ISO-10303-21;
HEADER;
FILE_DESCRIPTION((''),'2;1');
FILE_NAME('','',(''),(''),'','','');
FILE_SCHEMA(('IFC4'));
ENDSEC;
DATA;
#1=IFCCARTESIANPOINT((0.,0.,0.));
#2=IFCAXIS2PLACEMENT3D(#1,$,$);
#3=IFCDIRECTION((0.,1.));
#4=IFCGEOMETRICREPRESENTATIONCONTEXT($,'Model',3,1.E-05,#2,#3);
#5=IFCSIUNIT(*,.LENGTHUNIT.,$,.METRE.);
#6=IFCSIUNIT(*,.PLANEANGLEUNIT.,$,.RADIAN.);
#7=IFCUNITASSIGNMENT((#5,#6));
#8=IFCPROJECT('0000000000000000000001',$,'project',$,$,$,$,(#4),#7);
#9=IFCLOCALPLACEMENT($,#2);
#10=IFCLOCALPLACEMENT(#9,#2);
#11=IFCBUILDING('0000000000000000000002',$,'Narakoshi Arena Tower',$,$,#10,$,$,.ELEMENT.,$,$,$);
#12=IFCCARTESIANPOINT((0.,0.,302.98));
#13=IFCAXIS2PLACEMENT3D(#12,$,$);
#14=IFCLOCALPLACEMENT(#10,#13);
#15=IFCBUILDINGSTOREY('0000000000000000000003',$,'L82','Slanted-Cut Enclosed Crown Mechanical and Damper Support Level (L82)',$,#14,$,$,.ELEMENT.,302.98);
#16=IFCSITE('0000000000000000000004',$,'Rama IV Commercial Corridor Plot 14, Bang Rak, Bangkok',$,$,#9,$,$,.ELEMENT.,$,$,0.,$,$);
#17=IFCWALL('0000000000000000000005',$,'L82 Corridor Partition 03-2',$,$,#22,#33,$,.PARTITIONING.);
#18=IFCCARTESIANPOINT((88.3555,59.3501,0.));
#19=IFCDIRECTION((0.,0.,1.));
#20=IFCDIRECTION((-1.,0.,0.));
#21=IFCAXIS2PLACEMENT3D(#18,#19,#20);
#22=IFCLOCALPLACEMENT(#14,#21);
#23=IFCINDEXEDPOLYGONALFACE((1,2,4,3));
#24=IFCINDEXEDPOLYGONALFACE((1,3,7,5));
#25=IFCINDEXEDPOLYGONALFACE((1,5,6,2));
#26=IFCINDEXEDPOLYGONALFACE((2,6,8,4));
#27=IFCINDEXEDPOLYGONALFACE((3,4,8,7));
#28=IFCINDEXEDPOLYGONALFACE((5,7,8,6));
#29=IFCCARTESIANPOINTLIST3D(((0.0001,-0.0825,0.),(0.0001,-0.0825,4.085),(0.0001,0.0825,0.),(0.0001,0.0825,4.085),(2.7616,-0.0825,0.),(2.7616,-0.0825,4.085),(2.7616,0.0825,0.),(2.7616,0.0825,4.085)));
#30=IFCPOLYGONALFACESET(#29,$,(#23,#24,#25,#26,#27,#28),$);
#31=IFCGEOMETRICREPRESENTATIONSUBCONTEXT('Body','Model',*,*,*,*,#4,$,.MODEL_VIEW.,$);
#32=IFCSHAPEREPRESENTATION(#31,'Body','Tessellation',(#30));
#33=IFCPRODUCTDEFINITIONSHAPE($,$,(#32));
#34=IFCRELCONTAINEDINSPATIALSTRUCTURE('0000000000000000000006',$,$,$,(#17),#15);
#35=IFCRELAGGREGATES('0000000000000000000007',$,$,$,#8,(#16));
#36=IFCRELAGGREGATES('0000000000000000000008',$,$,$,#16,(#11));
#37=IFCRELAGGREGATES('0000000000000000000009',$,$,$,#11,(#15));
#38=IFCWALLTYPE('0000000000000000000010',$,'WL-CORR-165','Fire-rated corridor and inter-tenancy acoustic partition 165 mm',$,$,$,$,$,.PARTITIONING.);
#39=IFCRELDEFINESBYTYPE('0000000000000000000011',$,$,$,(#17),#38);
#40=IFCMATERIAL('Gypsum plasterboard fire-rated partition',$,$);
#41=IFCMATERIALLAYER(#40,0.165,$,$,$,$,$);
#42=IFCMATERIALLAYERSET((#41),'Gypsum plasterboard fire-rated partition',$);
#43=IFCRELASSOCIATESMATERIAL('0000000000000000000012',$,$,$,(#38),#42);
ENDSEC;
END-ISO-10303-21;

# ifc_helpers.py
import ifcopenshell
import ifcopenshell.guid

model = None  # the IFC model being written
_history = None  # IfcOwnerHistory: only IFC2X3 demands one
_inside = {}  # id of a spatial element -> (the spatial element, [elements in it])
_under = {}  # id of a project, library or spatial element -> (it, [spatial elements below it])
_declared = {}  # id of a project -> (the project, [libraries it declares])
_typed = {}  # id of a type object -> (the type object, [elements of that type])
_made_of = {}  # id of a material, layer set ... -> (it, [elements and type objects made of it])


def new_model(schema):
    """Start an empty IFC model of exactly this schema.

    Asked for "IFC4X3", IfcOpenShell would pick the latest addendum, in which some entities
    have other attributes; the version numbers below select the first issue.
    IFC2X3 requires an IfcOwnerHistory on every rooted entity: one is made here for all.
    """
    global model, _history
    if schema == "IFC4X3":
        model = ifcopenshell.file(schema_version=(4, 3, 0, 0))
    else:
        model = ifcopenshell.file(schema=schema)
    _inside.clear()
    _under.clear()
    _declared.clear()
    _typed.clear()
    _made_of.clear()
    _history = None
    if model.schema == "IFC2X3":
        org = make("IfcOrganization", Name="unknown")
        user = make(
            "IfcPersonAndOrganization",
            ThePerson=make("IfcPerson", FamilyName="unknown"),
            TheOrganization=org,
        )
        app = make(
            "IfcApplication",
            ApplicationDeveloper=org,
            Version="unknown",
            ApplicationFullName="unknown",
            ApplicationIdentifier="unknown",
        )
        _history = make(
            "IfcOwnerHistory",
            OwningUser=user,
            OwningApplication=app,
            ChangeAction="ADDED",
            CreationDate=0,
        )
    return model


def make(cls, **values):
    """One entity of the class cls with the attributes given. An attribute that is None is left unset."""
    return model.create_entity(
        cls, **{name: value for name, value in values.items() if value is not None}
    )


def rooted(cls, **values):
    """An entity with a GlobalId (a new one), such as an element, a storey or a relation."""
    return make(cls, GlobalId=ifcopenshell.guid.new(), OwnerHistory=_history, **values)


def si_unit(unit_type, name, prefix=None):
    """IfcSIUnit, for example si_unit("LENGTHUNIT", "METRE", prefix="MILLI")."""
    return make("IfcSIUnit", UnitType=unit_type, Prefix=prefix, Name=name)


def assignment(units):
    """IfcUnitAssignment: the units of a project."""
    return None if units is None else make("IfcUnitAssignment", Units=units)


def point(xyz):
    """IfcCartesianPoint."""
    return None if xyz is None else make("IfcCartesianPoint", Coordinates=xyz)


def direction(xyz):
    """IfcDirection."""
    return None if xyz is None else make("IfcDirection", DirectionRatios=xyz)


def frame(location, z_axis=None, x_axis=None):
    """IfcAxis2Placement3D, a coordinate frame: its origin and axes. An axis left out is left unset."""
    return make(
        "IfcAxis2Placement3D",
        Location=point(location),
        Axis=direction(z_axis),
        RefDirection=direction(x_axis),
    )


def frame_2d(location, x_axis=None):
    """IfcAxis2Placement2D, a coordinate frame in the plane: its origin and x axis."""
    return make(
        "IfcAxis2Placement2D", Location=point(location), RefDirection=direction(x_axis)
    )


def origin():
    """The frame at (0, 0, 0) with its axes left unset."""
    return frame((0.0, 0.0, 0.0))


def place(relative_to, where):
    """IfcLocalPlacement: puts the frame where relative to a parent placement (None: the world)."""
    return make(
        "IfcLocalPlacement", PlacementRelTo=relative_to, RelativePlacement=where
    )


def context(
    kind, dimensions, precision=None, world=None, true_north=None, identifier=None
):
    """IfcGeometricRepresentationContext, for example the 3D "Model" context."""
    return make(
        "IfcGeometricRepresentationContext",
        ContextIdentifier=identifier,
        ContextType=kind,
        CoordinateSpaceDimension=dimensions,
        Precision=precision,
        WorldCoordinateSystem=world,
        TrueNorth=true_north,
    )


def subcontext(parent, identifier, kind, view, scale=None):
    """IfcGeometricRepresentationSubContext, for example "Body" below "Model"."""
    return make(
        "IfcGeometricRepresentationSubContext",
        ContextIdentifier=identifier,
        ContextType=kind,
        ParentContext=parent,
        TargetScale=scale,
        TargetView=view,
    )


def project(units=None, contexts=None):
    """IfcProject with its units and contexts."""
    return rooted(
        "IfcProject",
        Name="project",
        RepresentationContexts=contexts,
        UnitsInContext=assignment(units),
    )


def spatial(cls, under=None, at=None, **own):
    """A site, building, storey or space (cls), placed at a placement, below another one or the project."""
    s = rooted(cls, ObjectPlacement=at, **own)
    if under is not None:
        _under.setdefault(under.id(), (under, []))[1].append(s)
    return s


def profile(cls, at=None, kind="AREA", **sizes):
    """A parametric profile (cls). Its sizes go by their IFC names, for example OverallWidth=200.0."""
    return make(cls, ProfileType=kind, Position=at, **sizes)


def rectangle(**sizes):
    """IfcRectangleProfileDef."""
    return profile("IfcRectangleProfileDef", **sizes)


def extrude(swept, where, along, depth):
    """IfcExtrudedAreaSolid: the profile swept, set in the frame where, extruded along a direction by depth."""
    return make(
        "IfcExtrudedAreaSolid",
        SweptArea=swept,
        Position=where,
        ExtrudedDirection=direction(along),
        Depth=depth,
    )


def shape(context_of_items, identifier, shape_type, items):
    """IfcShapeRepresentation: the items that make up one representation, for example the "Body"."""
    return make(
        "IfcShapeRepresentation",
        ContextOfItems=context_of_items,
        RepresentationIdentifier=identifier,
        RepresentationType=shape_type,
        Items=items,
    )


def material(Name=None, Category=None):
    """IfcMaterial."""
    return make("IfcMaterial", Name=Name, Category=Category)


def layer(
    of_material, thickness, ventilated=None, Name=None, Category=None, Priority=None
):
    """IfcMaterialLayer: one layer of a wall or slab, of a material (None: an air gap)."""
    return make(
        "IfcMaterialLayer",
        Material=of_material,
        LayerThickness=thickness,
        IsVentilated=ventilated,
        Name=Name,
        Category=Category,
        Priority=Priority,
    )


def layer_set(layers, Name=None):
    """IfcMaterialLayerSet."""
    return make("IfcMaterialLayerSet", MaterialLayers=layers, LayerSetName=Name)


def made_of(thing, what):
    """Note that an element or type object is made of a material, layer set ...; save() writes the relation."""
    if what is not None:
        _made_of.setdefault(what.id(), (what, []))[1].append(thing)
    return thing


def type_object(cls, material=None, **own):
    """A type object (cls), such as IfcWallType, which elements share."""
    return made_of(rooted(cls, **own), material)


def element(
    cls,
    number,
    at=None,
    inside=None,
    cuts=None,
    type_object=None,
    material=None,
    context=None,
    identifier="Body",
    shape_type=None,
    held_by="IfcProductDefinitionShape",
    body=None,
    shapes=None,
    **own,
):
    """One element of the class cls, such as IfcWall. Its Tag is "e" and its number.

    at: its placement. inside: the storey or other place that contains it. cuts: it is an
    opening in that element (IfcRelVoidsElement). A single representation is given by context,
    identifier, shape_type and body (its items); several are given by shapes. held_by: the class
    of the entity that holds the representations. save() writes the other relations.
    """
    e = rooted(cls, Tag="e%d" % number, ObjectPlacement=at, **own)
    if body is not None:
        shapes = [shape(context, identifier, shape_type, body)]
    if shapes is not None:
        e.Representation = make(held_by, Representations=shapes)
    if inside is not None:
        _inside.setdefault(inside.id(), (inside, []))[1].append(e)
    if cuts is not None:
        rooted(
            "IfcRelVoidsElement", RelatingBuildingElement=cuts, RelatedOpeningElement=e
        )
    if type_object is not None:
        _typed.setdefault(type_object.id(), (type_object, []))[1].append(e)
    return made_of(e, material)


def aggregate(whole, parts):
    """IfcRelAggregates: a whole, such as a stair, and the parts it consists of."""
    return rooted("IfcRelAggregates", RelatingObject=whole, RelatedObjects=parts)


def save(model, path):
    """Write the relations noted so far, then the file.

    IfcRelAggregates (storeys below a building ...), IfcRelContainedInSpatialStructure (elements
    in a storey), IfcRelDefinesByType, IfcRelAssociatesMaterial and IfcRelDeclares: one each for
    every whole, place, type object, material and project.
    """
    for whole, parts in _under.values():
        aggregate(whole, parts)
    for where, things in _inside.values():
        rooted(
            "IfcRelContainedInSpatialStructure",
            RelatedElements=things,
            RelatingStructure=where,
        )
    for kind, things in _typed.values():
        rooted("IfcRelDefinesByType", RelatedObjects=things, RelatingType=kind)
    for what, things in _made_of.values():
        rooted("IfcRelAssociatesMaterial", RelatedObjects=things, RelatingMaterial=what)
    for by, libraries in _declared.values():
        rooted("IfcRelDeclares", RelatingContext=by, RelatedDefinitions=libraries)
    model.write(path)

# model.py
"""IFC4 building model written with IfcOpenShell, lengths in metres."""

from ifc_helpers import new_model, si_unit, direction, frame, frame_2d, origin, place, context, subcontext, project, spatial, rectangle, extrude, material, layer, layer_set, type_object, element, save


model = new_model("IFC4")

# Units and contexts
model_context = context("Model", 3, precision=1e-05, world=origin(), true_north=direction((0.0, 1.0)))
body_context = subcontext(model_context, "Body", "Model", "MODEL_VIEW")
ifc_project = project(units=[si_unit("LENGTHUNIT", "METRE"), si_unit("PLANEANGLEUNIT", "RADIAN")], contexts=[model_context])

# Site, building, storey
site_placement = place(None, origin())
site = spatial("IfcSite", under=ifc_project, at=site_placement, Name="Rama IV Commercial Corridor Plot 14, Bang Rak, Bangkok", CompositionType="ELEMENT", RefElevation=0.0)
building_placement = place(site_placement, origin())
building = spatial("IfcBuilding", under=site, at=building_placement, Name="Narakoshi Arena Tower", CompositionType="ELEMENT")
storey_placement = place(building_placement, frame((0.0, 0.0, 302.98)))
storey = spatial("IfcBuildingStorey", under=building, at=storey_placement, Name="L82", Description="Slanted-Cut Enclosed Crown Mechanical and Damper Support Level (L82)", CompositionType="ELEMENT", Elevation=302.98)

# Shared definitions
ifc_material_1 = material(Name="Gypsum plasterboard fire-rated partition")
ifc_layer_1 = layer(ifc_material_1, 0.165)
ifc_layer_set_1 = layer_set([ifc_layer_1], Name="Gypsum plasterboard fire-rated partition")
wall_type_1 = type_object("IfcWallType", Name="WL-CORR-165", Description="Fire-rated corridor and inter-tenancy acoustic partition 165 mm", PredefinedType="PARTITIONING", material=ifc_layer_set_1)

# Wall
wall_1_placement = place(storey_placement, frame((88.3555, 59.3501, 0.0), z_axis=(0.0, 0.0, 1.0), x_axis=(-1.0, 0.0, 0.0)))
element("IfcWall", 1, at=wall_1_placement, inside=storey, type_object=wall_type_1, Name="L82 Corridor Partition 03-2", PredefinedType="PARTITIONING", context=body_context, shape_type="SweptSolid", body=[
    extrude(rectangle(XDim=2.7615, YDim=0.165, at=frame_2d((1.3809, 0.0))), origin(), (0.0, 0.0, 1.0), 4.085),
])

save(model, "model.ifc")
